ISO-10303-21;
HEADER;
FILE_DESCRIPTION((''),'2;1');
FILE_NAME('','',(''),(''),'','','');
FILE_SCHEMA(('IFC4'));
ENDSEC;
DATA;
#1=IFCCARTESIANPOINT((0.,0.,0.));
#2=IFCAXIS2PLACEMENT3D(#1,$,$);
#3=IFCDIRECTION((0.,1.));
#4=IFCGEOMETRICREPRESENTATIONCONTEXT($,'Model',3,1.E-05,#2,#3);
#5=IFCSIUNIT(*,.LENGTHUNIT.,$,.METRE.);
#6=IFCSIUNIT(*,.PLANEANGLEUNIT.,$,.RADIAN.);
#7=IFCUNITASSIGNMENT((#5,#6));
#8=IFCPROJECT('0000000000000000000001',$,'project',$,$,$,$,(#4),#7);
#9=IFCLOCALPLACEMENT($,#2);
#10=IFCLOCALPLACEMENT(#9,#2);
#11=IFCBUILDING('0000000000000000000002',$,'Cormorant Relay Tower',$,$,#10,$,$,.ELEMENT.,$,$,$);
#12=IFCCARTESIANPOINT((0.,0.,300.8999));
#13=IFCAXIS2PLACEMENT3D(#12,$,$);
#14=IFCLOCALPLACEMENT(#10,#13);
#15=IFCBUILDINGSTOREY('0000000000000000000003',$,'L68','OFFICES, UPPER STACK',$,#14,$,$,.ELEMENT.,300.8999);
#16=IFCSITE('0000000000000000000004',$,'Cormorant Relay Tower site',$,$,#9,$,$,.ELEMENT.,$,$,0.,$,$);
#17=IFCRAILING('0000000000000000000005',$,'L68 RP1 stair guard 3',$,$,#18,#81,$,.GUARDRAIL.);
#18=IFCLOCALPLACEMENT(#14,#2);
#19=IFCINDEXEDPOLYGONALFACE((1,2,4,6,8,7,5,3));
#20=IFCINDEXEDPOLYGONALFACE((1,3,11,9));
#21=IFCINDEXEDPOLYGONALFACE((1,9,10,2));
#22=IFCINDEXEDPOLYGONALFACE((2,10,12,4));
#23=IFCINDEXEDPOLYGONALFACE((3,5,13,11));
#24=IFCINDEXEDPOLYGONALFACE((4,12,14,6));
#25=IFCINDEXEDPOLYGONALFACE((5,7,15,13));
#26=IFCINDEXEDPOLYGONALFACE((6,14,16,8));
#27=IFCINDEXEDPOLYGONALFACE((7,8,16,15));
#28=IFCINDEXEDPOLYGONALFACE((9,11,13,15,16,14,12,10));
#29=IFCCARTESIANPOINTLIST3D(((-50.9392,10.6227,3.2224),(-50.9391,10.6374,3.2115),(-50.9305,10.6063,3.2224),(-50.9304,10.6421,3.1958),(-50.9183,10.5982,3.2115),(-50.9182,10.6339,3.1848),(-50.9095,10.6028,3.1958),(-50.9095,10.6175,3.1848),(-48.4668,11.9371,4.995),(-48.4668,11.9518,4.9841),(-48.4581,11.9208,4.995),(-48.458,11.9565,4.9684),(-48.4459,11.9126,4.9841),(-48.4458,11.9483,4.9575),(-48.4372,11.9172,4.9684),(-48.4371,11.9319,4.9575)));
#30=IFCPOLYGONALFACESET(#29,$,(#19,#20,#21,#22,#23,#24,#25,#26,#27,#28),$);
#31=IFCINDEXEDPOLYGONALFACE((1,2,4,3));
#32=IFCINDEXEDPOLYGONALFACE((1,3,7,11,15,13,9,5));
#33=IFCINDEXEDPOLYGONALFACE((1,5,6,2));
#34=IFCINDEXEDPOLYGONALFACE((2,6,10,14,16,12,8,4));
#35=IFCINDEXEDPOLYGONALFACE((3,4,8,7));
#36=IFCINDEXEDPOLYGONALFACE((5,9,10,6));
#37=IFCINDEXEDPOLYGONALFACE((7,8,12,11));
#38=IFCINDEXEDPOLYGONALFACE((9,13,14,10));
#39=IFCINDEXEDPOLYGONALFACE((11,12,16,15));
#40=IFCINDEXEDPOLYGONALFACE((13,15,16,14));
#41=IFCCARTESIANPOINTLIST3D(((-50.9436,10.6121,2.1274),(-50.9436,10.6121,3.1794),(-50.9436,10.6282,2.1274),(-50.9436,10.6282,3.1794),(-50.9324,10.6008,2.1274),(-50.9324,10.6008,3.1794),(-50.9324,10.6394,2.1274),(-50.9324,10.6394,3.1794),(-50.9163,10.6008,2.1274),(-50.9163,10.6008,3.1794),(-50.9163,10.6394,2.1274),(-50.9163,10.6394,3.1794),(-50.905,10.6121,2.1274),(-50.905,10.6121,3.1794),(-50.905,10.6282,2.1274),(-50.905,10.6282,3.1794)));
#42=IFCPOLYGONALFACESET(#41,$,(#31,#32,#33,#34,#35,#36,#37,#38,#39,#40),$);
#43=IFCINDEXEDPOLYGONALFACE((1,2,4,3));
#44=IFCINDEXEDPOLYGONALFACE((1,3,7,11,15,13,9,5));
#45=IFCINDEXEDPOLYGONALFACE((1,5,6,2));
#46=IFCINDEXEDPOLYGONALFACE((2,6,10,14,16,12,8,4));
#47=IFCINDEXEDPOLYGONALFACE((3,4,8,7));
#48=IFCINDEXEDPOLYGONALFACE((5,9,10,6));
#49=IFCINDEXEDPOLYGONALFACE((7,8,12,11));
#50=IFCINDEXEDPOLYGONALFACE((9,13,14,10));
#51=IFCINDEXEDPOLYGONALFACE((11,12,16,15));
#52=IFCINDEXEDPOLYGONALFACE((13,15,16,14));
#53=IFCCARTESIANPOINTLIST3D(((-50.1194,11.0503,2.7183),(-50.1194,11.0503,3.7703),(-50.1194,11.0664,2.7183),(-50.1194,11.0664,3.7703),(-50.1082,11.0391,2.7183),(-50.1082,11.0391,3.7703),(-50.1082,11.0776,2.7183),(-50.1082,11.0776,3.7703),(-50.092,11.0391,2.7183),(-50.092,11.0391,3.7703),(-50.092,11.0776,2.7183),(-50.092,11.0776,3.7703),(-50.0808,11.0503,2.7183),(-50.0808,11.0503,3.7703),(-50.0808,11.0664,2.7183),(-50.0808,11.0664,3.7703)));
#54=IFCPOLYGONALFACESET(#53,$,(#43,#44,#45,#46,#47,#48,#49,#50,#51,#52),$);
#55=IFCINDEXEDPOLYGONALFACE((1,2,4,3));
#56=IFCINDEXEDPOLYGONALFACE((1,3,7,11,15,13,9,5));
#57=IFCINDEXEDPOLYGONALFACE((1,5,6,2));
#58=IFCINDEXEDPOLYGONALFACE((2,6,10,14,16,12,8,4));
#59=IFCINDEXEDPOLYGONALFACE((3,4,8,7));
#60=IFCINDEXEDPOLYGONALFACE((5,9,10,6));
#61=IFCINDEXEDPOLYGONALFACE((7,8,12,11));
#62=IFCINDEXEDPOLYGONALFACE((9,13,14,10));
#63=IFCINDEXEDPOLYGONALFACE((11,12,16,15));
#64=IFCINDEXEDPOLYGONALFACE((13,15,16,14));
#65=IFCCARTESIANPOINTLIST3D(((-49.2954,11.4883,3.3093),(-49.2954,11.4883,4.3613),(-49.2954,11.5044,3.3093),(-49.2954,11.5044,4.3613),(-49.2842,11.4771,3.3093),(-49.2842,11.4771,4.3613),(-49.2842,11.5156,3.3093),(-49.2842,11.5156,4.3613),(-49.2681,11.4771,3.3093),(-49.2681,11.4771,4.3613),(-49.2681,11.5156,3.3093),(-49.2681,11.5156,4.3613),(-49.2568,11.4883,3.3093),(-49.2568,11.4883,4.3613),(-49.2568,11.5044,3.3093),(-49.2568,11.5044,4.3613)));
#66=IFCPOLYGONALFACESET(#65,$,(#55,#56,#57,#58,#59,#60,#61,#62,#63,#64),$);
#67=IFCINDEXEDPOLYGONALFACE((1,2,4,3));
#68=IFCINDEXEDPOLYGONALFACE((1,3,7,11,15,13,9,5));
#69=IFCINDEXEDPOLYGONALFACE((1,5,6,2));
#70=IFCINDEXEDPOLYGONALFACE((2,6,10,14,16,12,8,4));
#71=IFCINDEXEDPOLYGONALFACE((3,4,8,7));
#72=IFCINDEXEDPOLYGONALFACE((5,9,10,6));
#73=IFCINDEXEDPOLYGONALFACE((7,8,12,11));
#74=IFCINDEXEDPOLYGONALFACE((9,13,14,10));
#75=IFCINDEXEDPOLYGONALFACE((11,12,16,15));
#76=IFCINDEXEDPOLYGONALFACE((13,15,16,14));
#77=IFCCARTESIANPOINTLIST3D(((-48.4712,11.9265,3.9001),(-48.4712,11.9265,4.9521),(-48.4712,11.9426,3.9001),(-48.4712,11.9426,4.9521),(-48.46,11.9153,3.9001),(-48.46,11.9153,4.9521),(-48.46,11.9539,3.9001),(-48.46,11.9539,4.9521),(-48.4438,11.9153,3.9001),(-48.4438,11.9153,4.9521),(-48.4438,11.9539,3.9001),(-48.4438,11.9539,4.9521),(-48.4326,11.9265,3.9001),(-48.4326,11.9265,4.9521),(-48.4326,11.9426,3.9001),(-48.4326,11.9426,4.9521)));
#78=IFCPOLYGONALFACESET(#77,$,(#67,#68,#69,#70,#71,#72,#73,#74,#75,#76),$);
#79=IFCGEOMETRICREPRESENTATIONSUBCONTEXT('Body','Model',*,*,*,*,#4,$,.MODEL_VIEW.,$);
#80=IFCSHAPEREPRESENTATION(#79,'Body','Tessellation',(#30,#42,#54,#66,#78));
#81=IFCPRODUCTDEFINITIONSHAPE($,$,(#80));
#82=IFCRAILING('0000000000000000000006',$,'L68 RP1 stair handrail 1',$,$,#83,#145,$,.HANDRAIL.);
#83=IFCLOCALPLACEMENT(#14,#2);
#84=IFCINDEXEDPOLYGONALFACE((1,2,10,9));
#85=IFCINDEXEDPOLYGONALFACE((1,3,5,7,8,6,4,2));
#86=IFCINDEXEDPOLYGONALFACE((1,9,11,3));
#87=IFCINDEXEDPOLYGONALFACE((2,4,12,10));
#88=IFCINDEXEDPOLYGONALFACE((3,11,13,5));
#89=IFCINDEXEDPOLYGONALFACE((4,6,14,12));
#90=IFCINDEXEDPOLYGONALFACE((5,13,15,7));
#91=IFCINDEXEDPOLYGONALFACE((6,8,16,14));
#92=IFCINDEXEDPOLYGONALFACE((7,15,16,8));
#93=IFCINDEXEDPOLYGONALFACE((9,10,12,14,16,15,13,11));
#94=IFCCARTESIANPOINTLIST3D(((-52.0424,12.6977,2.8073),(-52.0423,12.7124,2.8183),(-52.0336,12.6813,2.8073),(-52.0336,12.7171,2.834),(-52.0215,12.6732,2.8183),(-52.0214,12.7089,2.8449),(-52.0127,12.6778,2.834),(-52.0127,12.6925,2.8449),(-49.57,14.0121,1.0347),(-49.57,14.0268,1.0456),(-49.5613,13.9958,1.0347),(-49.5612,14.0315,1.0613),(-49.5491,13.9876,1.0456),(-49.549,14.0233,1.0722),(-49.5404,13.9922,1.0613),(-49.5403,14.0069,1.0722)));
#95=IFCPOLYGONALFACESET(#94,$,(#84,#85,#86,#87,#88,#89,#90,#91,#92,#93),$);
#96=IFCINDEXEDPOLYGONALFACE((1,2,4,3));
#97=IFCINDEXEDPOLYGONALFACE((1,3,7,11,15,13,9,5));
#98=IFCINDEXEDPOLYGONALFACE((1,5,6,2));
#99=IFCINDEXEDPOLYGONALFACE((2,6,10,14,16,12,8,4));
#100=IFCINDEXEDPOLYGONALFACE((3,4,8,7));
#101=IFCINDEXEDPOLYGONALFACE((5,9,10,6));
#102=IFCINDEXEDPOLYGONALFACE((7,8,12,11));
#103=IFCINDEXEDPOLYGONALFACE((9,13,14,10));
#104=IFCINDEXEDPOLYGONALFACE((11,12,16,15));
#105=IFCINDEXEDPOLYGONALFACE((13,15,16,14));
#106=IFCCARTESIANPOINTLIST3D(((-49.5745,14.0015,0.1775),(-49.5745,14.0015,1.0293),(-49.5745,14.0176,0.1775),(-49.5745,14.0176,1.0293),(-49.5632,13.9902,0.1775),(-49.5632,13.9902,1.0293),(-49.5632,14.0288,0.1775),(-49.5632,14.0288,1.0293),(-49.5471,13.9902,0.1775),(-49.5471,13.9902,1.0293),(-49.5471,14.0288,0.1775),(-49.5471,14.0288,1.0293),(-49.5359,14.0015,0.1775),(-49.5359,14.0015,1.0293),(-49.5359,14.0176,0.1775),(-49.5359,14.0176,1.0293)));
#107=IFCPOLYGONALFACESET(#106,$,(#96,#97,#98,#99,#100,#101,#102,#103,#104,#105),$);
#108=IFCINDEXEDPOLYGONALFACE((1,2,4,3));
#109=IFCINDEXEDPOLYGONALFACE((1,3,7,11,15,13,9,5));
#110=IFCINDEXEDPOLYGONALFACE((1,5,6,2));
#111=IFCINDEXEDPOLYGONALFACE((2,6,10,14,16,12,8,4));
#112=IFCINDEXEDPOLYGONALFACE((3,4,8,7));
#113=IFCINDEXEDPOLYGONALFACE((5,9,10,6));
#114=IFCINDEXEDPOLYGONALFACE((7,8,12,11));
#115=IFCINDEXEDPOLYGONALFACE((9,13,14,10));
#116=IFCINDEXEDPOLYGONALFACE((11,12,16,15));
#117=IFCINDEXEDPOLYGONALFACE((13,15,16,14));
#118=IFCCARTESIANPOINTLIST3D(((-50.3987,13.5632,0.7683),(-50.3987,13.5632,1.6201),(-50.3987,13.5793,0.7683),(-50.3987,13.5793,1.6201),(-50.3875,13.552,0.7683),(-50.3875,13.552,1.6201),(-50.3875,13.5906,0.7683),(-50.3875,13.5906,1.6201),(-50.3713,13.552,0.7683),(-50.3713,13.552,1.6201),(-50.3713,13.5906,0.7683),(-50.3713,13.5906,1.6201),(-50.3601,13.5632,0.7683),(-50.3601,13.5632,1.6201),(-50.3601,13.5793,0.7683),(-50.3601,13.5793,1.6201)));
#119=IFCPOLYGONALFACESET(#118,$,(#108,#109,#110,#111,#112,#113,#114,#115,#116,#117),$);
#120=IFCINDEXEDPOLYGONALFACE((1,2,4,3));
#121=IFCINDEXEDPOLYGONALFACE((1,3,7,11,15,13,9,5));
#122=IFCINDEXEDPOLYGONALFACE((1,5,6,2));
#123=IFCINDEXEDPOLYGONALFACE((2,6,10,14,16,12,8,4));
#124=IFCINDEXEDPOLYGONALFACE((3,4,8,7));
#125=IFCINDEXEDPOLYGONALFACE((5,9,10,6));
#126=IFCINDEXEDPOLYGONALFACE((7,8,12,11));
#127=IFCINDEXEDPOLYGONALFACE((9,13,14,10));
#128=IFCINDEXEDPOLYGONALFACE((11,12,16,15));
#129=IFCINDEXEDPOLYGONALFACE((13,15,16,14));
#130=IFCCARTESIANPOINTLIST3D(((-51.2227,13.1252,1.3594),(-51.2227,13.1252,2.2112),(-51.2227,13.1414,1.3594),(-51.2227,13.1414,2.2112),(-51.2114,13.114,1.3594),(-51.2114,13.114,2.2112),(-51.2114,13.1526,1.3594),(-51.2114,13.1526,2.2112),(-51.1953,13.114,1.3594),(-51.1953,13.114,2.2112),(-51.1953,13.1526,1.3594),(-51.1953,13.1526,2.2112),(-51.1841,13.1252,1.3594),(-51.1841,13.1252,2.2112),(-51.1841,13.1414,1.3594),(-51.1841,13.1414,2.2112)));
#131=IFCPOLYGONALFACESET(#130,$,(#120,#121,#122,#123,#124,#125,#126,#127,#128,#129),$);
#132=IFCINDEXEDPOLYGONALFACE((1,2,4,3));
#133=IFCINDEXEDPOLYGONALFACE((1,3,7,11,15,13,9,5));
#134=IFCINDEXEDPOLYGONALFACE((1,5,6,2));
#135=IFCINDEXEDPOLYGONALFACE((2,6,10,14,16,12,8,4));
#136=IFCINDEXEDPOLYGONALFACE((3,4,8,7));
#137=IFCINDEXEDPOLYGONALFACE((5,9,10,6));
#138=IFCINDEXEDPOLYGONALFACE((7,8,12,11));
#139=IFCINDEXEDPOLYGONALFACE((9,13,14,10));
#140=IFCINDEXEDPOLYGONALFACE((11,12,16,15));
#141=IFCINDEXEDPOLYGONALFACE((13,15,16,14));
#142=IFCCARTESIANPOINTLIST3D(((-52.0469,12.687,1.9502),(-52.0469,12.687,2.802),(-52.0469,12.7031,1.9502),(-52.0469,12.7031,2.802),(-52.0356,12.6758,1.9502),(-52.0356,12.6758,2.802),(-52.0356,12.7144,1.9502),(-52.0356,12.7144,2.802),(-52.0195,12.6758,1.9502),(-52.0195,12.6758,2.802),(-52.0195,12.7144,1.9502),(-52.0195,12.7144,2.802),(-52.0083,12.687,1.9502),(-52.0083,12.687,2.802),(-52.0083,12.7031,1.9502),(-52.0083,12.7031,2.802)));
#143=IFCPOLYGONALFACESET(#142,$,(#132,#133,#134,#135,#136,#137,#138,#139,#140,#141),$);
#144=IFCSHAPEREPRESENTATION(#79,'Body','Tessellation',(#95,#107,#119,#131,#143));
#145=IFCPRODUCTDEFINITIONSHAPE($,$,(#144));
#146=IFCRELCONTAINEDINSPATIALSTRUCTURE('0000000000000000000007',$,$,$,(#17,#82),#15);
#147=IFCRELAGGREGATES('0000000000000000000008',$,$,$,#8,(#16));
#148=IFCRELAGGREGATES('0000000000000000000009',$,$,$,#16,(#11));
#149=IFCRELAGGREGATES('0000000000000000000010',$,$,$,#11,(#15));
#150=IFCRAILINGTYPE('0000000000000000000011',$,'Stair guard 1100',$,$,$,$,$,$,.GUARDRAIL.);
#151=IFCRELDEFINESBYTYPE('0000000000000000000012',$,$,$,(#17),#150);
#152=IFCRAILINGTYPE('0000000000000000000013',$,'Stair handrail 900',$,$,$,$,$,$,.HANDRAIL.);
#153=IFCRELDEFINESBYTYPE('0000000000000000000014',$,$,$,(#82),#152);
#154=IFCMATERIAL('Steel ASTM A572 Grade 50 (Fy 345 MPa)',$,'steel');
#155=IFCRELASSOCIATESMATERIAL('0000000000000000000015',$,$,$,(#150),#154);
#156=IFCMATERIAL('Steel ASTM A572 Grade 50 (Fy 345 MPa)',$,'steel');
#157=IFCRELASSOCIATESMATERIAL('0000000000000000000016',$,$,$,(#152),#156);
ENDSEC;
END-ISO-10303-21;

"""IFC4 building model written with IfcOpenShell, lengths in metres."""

from ifc_helpers import new_model, si_unit, direction, frame, origin, place, context, subcontext, project, spatial, polyline, outline, extrude, material, type_object, element, save


model = new_model("IFC4")

# Units and contexts
model_context = context("Model", 3, precision=1e-05, world=origin(), true_north=direction((0.0, 1.0)))
body_context = subcontext(model_context, "Body", "Model", "MODEL_VIEW")
ifc_project = project(units=[si_unit("LENGTHUNIT", "METRE"), si_unit("PLANEANGLEUNIT", "RADIAN")], contexts=[model_context])

# Site, building, storey
site_placement = place(None, origin())
site = spatial("IfcSite", under=ifc_project, at=site_placement, Name="Cormorant Relay Tower site", CompositionType="ELEMENT", RefElevation=0.0)
building_placement = place(site_placement, origin())
building = spatial("IfcBuilding", under=site, at=building_placement, Name="Cormorant Relay Tower", CompositionType="ELEMENT")
storey_placement = place(building_placement, frame((0.0, 0.0, 300.8999)))
storey = spatial("IfcBuildingStorey", under=building, at=storey_placement, Name="L68", Description="OFFICES, UPPER STACK", CompositionType="ELEMENT", Elevation=300.8999)

# Railings
ifc_material_1 = material(Name="Steel ASTM A572 Grade 50 (Fy 345 MPa)", Category="steel")
railing_type_1 = type_object("IfcRailingType", Name="Stair guard 1100", PredefinedType="GUARDRAIL", material=ifc_material_1)
railing_1_placement = place(storey_placement, frame((-50.9243, 10.6201, 2.1274)))
element("IfcRailing", 1, at=railing_1_placement, inside=storey, type_object=railing_type_1, Name="L68 RP1 stair guard 3", PredefinedType="GUARDRAIL", context=body_context, shape_type="SweptSolid", body=[
    extrude(outline(polyline([(0.0222, 0.0093), (0.0093, 0.0222), (-0.0093, 0.0222), (-0.0222, 0.0093), (-0.0222, -0.0093), (-0.0093, -0.0222), (0.0093, -0.0222), (0.0222, -0.0093), (0.0222, 0.0093)])), frame((0.0, 0.0, 1.0762), z_axis=(0.746034, 0.396627, 0.534902), x_axis=(-0.469429, 0.88297, 0.0)), (0.0, 0.0, 1.0), 3.314),
    extrude(outline(polyline([(0.0193, 0.0081), (0.0081, 0.0193), (-0.0081, 0.0193), (-0.0193, 0.0081), (-0.0193, -0.0081), (-0.0081, -0.0193), (0.0081, -0.0193), (0.0193, -0.0081), (0.0193, 0.0081)])), origin(), (0.0, 0.0, 1.0), 1.052),
    extrude(outline(polyline([(0.0193, 0.0081), (0.0081, 0.0193), (-0.0081, 0.0193), (-0.0193, 0.0081), (-0.0193, -0.0081), (-0.0081, -0.0193), (0.0081, -0.0193), (0.0193, -0.0081), (0.0193, 0.0081)])), frame((0.8242, 0.4382, 0.5908)), (0.0, 0.0, 1.0), 1.052),
    extrude(outline(polyline([(0.0193, 0.0081), (0.0081, 0.0193), (-0.0081, 0.0193), (-0.0193, 0.0081), (-0.0193, -0.0081), (-0.0081, -0.0193), (0.0081, -0.0193), (0.0193, -0.0081), (0.0193, 0.0081)])), frame((1.6482, 0.8762, 1.1819)), (0.0, 0.0, 1.0), 1.052),
    extrude(outline(polyline([(0.0193, 0.0081), (0.0081, 0.0193), (-0.0081, 0.0193), (-0.0193, 0.0081), (-0.0193, -0.0081), (-0.0081, -0.0193), (0.0081, -0.0193), (0.0193, -0.0081), (0.0193, 0.0081)])), frame((2.4724, 1.3145, 1.7727)), (0.0, 0.0, 1.0), 1.052),
])
ifc_material_2 = material(Name="Steel ASTM A572 Grade 50 (Fy 345 MPa)", Category="steel")
railing_type_2 = type_object("IfcRailingType", Name="Stair handrail 900", PredefinedType="HANDRAIL", material=ifc_material_2)
railing_2_placement = place(storey_placement, frame((-49.5552, 14.0095, 0.1775)))
element("IfcRailing", 2, at=railing_2_placement, inside=storey, type_object=railing_type_2, Name="L68 RP1 stair handrail 1", PredefinedType="HANDRAIL", context=body_context, shape_type="SweptSolid", body=[
    extrude(outline(polyline([(0.0222, 0.0093), (0.0093, 0.0222), (-0.0093, 0.0222), (-0.0222, 0.0093), (-0.0222, -0.0093), (-0.0093, -0.0222), (0.0093, -0.0222), (0.0222, -0.0093), (0.0222, 0.0093)])), frame((0.0, 0.0, 0.876), z_axis=(-0.746034, -0.396627, 0.534902), x_axis=(0.469429, -0.88297, 0.0)), (0.0, 0.0, 1.0), 3.314),
    extrude(outline(polyline([(0.0193, 0.0081), (0.0081, 0.0193), (-0.0081, 0.0193), (-0.0193, 0.0081), (-0.0193, -0.0081), (-0.0081, -0.0193), (0.0081, -0.0193), (0.0193, -0.0081), (0.0193, 0.0081)])), origin(), (0.0, 0.0, 1.0), 0.8518),
    extrude(outline(polyline([(0.0193, 0.0081), (0.0081, 0.0193), (-0.0081, 0.0193), (-0.0193, 0.0081), (-0.0193, -0.0081), (-0.0081, -0.0193), (0.0081, -0.0193), (0.0193, -0.0081), (0.0193, 0.0081)])), frame((-0.8242, -0.4382, 0.5908)), (0.0, 0.0, 1.0), 0.8518),
    extrude(outline(polyline([(0.0193, 0.0081), (0.0081, 0.0193), (-0.0081, 0.0193), (-0.0193, 0.0081), (-0.0193, -0.0081), (-0.0081, -0.0193), (0.0081, -0.0193), (0.0193, -0.0081), (0.0193, 0.0081)])), frame((-1.6482, -0.8762, 1.1819)), (0.0, 0.0, 1.0), 0.8518),
    extrude(outline(polyline([(0.0193, 0.0081), (0.0081, 0.0193), (-0.0081, 0.0193), (-0.0193, 0.0081), (-0.0193, -0.0081), (-0.0081, -0.0193), (0.0081, -0.0193), (0.0193, -0.0081), (0.0193, 0.0081)])), frame((-2.4724, -1.3145, 1.7727)), (0.0, 0.0, 1.0), 0.8518),
])

save(model, "model.ifc")
